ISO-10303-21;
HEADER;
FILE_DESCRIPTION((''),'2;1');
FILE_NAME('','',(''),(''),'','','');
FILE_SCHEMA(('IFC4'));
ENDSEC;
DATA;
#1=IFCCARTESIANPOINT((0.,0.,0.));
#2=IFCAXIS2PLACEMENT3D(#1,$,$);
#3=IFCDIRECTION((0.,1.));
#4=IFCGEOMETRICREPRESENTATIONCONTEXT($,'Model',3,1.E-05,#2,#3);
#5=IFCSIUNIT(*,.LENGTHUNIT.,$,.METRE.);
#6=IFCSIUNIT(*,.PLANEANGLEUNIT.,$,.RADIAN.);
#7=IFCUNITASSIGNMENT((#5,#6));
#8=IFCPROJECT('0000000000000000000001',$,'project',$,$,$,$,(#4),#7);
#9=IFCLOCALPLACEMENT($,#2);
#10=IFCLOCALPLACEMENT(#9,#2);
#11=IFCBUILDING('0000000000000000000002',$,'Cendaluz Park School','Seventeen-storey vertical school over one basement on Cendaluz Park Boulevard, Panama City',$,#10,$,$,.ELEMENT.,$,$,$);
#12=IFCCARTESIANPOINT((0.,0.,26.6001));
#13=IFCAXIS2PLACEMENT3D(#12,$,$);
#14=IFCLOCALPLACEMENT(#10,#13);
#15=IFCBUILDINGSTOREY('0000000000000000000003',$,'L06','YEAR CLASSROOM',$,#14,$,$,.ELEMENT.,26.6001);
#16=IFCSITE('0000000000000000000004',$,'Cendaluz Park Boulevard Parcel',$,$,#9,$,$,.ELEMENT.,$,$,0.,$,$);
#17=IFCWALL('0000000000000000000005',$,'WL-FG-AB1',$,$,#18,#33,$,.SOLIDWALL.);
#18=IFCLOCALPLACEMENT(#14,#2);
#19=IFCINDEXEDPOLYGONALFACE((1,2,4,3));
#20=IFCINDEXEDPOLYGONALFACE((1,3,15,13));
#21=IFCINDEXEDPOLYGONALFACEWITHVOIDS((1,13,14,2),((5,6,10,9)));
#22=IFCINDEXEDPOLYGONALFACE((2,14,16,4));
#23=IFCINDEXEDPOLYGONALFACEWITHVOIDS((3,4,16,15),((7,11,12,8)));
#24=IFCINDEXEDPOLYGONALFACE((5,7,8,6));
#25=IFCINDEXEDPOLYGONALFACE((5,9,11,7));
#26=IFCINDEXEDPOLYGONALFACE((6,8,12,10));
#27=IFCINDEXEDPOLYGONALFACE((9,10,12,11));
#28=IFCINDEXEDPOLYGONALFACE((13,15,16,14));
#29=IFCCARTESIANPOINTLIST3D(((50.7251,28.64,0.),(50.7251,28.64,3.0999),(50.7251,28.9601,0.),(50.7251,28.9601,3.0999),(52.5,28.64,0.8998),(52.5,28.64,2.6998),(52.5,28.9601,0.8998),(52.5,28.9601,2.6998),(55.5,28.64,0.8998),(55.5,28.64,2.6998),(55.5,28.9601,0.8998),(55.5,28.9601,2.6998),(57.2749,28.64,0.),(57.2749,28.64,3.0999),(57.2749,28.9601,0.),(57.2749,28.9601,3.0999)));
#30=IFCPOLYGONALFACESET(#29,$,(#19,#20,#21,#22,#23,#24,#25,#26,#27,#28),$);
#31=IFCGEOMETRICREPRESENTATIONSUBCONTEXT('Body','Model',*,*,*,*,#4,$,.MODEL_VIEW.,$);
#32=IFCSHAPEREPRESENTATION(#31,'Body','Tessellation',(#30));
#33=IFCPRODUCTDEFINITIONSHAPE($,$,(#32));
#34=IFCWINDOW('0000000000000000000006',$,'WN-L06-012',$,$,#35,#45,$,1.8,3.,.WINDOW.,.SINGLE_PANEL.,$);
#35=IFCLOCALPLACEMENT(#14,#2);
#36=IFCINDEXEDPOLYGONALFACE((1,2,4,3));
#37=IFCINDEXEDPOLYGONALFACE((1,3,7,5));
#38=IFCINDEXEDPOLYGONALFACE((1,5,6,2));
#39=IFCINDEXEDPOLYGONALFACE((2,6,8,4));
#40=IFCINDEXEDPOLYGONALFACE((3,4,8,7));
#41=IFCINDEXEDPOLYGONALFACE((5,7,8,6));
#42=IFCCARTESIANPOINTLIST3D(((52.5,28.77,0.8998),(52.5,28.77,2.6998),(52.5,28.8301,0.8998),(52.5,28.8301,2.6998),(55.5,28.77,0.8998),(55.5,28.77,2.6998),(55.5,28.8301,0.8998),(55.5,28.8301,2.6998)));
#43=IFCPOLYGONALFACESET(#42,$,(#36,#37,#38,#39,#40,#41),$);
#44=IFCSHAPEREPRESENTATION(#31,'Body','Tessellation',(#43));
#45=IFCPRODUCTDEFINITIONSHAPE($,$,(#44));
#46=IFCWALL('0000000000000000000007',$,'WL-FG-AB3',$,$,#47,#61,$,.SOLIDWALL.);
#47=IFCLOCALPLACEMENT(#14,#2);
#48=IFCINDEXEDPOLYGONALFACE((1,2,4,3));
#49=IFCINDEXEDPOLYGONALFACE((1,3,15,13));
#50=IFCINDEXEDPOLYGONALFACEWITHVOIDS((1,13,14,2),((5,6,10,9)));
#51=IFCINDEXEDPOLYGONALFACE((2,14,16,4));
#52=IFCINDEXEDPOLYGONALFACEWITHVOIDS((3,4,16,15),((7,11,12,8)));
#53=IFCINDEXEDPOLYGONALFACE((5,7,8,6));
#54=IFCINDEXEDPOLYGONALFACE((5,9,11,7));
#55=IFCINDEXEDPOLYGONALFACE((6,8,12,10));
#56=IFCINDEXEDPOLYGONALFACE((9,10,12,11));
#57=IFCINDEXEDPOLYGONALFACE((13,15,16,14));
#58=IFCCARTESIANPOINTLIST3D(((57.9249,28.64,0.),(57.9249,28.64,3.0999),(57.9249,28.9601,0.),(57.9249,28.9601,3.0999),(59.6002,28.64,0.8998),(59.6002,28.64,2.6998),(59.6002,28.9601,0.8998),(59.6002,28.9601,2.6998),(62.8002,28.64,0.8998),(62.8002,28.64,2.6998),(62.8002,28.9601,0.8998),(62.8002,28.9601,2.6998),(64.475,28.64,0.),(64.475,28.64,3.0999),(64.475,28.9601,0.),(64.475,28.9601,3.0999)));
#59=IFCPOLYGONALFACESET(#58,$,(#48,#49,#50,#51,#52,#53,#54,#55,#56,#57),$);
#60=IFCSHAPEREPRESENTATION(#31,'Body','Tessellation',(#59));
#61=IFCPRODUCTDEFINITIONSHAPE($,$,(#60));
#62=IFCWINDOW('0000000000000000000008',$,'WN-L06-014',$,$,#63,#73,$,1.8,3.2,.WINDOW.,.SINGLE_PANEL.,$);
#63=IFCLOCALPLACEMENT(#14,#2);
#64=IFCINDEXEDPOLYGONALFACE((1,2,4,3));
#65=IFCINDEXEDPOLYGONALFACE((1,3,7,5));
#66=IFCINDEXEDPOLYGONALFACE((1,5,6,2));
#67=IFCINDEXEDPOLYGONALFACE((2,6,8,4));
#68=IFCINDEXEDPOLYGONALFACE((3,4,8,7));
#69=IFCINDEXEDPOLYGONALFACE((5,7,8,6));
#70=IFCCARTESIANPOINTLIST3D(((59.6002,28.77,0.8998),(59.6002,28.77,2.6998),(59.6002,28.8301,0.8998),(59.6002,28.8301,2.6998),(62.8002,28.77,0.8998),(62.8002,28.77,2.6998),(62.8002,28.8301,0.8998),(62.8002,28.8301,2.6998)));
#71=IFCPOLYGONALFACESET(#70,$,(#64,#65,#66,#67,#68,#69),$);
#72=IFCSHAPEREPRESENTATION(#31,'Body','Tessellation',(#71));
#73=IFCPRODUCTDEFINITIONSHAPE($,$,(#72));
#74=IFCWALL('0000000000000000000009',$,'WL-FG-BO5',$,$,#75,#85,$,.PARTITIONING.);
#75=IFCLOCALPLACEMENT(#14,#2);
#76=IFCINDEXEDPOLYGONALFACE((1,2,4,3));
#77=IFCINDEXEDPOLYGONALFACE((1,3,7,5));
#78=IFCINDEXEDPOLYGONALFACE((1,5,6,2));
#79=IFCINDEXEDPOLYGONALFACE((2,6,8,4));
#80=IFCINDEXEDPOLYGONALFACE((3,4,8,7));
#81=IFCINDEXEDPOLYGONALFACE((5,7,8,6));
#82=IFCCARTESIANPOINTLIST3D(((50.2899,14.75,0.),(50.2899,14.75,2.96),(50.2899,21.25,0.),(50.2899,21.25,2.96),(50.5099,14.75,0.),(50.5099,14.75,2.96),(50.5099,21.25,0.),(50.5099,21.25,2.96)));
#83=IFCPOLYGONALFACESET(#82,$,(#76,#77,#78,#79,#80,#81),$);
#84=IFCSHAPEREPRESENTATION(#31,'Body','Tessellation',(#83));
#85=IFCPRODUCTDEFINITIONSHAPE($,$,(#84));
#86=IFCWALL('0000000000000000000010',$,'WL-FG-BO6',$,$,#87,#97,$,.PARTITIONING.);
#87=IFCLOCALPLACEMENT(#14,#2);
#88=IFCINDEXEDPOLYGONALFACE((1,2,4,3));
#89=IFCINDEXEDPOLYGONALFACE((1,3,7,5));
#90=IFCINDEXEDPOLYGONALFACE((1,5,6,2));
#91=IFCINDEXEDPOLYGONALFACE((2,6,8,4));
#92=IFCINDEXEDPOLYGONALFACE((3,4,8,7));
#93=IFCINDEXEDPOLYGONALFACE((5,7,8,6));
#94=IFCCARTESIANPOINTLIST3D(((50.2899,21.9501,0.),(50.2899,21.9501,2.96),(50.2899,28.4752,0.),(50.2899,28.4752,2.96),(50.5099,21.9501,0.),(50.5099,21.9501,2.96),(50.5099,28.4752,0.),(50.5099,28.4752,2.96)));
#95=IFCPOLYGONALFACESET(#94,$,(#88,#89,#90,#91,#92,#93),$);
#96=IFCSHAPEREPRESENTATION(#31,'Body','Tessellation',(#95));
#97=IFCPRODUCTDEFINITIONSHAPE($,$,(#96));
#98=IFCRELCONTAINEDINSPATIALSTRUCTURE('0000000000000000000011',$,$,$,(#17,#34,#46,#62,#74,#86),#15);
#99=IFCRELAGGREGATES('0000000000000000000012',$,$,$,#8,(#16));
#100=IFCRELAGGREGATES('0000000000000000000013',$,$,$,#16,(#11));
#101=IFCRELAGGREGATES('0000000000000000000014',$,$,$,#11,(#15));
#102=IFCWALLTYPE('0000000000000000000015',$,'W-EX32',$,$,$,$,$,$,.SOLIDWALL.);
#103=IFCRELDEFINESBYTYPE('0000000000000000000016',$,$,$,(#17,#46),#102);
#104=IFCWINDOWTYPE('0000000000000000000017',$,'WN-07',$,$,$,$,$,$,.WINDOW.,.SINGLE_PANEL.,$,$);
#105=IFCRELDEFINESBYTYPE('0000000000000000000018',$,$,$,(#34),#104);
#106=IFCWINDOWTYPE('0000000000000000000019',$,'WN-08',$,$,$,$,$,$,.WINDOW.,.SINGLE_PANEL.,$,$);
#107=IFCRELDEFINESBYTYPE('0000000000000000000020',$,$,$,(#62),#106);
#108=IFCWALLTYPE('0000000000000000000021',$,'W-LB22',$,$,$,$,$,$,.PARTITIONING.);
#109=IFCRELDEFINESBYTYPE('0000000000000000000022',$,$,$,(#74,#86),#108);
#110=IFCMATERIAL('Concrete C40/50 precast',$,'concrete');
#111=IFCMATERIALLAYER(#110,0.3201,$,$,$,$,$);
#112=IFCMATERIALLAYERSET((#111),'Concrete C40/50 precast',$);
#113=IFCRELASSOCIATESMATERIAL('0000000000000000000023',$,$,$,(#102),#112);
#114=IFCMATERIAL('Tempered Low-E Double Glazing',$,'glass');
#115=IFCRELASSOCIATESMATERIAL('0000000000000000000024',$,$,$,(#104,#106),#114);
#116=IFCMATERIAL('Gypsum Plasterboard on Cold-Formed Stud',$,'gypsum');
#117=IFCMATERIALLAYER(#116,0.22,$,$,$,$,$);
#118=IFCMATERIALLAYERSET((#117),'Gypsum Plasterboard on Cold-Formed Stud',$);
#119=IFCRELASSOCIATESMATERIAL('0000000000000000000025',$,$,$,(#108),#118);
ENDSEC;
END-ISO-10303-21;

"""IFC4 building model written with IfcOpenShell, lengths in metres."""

from ifc_helpers import new_model, si_unit, direction, frame, frame_2d, origin, place, context, subcontext, project, spatial, rectangle, extrude, material, layer, layer_set, type_object, element, fill, save


model = new_model("IFC4")

# Units and contexts
model_context = context("Model", 3, precision=1e-05, world=origin(), true_north=direction((0.0, 1.0)))
body_context = subcontext(model_context, "Body", "Model", "MODEL_VIEW")
ifc_project = project(units=[si_unit("LENGTHUNIT", "METRE"), si_unit("PLANEANGLEUNIT", "RADIAN")], contexts=[model_context])

# Site, building, storey
site_placement = place(None, origin())
site = spatial("IfcSite", under=ifc_project, at=site_placement, Name="Cendaluz Park Boulevard Parcel", CompositionType="ELEMENT", RefElevation=0.0)
building_placement = place(site_placement, origin())
building = spatial("IfcBuilding", under=site, at=building_placement, Name="Cendaluz Park School", Description="Seventeen-storey vertical school over one basement on Cendaluz Park Boulevard, Panama City", CompositionType="ELEMENT")
storey_placement = place(building_placement, frame((0.0, 0.0, 26.6001)))
storey = spatial("IfcBuildingStorey", under=building, at=storey_placement, Name="L06", Description="YEAR CLASSROOM", CompositionType="ELEMENT", Elevation=26.6001)

# Shared definitions
ifc_material_1 = material(Name="Gypsum Plasterboard on Cold-Formed Stud", Category="gypsum")

# Walls, openings, windows
ifc_material_2 = material(Name="Concrete C40/50 precast", Category="concrete")
ifc_layer_1 = layer(ifc_material_2, 0.3201)
ifc_layer_set_1 = layer_set([ifc_layer_1], Name="Concrete C40/50 precast")
wall_type_1 = type_object("IfcWallType", Name="W-EX32", PredefinedType="SOLIDWALL", material=ifc_layer_set_1)
wall_1_placement = place(storey_placement, frame((50.7251, 28.8, 0.0), z_axis=(0.0, 0.0, 1.0), x_axis=(1.0, 0.0, 0.0)))
wall_1 = element("IfcWall", 1, at=wall_1_placement, inside=storey, type_object=wall_type_1, Name="WL-FG-AB1", PredefinedType="SOLIDWALL", context=body_context, shape_type="SweptSolid", body=[
    extrude(rectangle(XDim=6.5498, YDim=0.3201, at=frame_2d((3.2749, 0.0))), origin(), (0.0, 0.0, 1.0), 3.0999),
])
opening_1_placement = place(wall_1_placement, frame((1.7749, 0.0, 0.8999)))
opening_1 = element("IfcOpeningElement", 2, at=opening_1_placement, cuts=wall_1, PredefinedType="OPENING", context=body_context, shape_type="SweptSolid", body=[
    extrude(rectangle(XDim=3.0, YDim=1.8, at=frame_2d((1.5, 0.8999))), frame((0.0, 0.1721, 0.0), z_axis=(0.0, -1.0, 0.0), x_axis=(1.0, 0.0, 0.0)), (0.0, 0.0, 1.0), 0.344),
])
ifc_material_3 = material(Name="Tempered Low-E Double Glazing", Category="glass")
window_type_1 = type_object("IfcWindowType", Name="WN-07", PartitioningType="SINGLE_PANEL", PredefinedType="WINDOW", material=ifc_material_3)
window_1_placement = place(opening_1_placement, origin())
window_1 = element("IfcWindow", 3, at=window_1_placement, inside=storey, type_object=window_type_1, Name="WN-L06-012", OverallHeight=1.8, OverallWidth=3.0, PartitioningType="SINGLE_PANEL", PredefinedType="WINDOW", context=body_context, shape_type="SweptSolid", body=[
    extrude(rectangle(XDim=3.0, YDim=1.8, at=frame_2d((1.5, 0.8999))), frame((0.0, 0.03, 0.0), z_axis=(0.0, -1.0, 0.0), x_axis=(1.0, 0.0, 0.0)), (0.0, 0.0, 1.0), 0.0601),
])
fill(opening_1, window_1)
wall_2_placement = place(storey_placement, frame((57.925, 28.8, 0.0), z_axis=(0.0, 0.0, 1.0), x_axis=(1.0, 0.0, 0.0)))
wall_2 = element("IfcWall", 4, at=wall_2_placement, inside=storey, type_object=wall_type_1, Name="WL-FG-AB3", PredefinedType="SOLIDWALL", context=body_context, shape_type="SweptSolid", body=[
    extrude(rectangle(XDim=6.55, YDim=0.3201, at=frame_2d((3.2749, 0.0))), origin(), (0.0, 0.0, 1.0), 3.0999),
])
opening_2_placement = place(wall_2_placement, frame((1.675, 0.0, 0.8999)))
opening_2 = element("IfcOpeningElement", 5, at=opening_2_placement, cuts=wall_2, PredefinedType="OPENING", context=body_context, shape_type="SweptSolid", body=[
    extrude(rectangle(XDim=3.2, YDim=1.8, at=frame_2d((1.6001, 0.8999))), frame((0.0, 0.1721, 0.0), z_axis=(0.0, -1.0, 0.0), x_axis=(1.0, 0.0, 0.0)), (0.0, 0.0, 1.0), 0.344),
])
window_type_2 = type_object("IfcWindowType", Name="WN-08", PartitioningType="SINGLE_PANEL", PredefinedType="WINDOW", material=ifc_material_3)
window_2_placement = place(opening_2_placement, origin())
window_2 = element("IfcWindow", 6, at=window_2_placement, inside=storey, type_object=window_type_2, Name="WN-L06-014", OverallHeight=1.8, OverallWidth=3.2, PartitioningType="SINGLE_PANEL", PredefinedType="WINDOW", context=body_context, shape_type="SweptSolid", body=[
    extrude(rectangle(XDim=3.2, YDim=1.8, at=frame_2d((1.6001, 0.8999))), frame((0.0, 0.03, 0.0), z_axis=(0.0, -1.0, 0.0), x_axis=(1.0, 0.0, 0.0)), (0.0, 0.0, 1.0), 0.0601),
])
fill(opening_2, window_2)

# Walls
ifc_layer_2 = layer(ifc_material_1, 0.22)
ifc_layer_set_2 = layer_set([ifc_layer_2], Name="Gypsum Plasterboard on Cold-Formed Stud")
wall_type_2 = type_object("IfcWallType", Name="W-LB22", PredefinedType="PARTITIONING", material=ifc_layer_set_2)
wall_3_placement = place(storey_placement, frame((50.3999, 14.75, 0.0), z_axis=(0.0, 0.0, 1.0), x_axis=(0.0, 1.0, 0.0)))
element("IfcWall", 7, at=wall_3_placement, inside=storey, type_object=wall_type_2, Name="WL-FG-BO5", PredefinedType="PARTITIONING", context=body_context, shape_type="SweptSolid", body=[
    extrude(rectangle(XDim=6.5, YDim=0.22, at=frame_2d((3.25, 0.0))), origin(), (0.0, 0.0, 1.0), 2.96),
])
wall_4_placement = place(storey_placement, frame((50.3999, 21.95, 0.0), z_axis=(0.0, 0.0, 1.0), x_axis=(0.0, 1.0, 0.0)))
element("IfcWall", 8, at=wall_4_placement, inside=storey, type_object=wall_type_2, Name="WL-FG-BO6", PredefinedType="PARTITIONING", context=body_context, shape_type="SweptSolid", body=[
    extrude(rectangle(XDim=6.5251, YDim=0.22, at=frame_2d((3.2627, 0.0))), origin(), (0.0, 0.0, 1.0), 2.96),
])

save(model, "model.ifc")
